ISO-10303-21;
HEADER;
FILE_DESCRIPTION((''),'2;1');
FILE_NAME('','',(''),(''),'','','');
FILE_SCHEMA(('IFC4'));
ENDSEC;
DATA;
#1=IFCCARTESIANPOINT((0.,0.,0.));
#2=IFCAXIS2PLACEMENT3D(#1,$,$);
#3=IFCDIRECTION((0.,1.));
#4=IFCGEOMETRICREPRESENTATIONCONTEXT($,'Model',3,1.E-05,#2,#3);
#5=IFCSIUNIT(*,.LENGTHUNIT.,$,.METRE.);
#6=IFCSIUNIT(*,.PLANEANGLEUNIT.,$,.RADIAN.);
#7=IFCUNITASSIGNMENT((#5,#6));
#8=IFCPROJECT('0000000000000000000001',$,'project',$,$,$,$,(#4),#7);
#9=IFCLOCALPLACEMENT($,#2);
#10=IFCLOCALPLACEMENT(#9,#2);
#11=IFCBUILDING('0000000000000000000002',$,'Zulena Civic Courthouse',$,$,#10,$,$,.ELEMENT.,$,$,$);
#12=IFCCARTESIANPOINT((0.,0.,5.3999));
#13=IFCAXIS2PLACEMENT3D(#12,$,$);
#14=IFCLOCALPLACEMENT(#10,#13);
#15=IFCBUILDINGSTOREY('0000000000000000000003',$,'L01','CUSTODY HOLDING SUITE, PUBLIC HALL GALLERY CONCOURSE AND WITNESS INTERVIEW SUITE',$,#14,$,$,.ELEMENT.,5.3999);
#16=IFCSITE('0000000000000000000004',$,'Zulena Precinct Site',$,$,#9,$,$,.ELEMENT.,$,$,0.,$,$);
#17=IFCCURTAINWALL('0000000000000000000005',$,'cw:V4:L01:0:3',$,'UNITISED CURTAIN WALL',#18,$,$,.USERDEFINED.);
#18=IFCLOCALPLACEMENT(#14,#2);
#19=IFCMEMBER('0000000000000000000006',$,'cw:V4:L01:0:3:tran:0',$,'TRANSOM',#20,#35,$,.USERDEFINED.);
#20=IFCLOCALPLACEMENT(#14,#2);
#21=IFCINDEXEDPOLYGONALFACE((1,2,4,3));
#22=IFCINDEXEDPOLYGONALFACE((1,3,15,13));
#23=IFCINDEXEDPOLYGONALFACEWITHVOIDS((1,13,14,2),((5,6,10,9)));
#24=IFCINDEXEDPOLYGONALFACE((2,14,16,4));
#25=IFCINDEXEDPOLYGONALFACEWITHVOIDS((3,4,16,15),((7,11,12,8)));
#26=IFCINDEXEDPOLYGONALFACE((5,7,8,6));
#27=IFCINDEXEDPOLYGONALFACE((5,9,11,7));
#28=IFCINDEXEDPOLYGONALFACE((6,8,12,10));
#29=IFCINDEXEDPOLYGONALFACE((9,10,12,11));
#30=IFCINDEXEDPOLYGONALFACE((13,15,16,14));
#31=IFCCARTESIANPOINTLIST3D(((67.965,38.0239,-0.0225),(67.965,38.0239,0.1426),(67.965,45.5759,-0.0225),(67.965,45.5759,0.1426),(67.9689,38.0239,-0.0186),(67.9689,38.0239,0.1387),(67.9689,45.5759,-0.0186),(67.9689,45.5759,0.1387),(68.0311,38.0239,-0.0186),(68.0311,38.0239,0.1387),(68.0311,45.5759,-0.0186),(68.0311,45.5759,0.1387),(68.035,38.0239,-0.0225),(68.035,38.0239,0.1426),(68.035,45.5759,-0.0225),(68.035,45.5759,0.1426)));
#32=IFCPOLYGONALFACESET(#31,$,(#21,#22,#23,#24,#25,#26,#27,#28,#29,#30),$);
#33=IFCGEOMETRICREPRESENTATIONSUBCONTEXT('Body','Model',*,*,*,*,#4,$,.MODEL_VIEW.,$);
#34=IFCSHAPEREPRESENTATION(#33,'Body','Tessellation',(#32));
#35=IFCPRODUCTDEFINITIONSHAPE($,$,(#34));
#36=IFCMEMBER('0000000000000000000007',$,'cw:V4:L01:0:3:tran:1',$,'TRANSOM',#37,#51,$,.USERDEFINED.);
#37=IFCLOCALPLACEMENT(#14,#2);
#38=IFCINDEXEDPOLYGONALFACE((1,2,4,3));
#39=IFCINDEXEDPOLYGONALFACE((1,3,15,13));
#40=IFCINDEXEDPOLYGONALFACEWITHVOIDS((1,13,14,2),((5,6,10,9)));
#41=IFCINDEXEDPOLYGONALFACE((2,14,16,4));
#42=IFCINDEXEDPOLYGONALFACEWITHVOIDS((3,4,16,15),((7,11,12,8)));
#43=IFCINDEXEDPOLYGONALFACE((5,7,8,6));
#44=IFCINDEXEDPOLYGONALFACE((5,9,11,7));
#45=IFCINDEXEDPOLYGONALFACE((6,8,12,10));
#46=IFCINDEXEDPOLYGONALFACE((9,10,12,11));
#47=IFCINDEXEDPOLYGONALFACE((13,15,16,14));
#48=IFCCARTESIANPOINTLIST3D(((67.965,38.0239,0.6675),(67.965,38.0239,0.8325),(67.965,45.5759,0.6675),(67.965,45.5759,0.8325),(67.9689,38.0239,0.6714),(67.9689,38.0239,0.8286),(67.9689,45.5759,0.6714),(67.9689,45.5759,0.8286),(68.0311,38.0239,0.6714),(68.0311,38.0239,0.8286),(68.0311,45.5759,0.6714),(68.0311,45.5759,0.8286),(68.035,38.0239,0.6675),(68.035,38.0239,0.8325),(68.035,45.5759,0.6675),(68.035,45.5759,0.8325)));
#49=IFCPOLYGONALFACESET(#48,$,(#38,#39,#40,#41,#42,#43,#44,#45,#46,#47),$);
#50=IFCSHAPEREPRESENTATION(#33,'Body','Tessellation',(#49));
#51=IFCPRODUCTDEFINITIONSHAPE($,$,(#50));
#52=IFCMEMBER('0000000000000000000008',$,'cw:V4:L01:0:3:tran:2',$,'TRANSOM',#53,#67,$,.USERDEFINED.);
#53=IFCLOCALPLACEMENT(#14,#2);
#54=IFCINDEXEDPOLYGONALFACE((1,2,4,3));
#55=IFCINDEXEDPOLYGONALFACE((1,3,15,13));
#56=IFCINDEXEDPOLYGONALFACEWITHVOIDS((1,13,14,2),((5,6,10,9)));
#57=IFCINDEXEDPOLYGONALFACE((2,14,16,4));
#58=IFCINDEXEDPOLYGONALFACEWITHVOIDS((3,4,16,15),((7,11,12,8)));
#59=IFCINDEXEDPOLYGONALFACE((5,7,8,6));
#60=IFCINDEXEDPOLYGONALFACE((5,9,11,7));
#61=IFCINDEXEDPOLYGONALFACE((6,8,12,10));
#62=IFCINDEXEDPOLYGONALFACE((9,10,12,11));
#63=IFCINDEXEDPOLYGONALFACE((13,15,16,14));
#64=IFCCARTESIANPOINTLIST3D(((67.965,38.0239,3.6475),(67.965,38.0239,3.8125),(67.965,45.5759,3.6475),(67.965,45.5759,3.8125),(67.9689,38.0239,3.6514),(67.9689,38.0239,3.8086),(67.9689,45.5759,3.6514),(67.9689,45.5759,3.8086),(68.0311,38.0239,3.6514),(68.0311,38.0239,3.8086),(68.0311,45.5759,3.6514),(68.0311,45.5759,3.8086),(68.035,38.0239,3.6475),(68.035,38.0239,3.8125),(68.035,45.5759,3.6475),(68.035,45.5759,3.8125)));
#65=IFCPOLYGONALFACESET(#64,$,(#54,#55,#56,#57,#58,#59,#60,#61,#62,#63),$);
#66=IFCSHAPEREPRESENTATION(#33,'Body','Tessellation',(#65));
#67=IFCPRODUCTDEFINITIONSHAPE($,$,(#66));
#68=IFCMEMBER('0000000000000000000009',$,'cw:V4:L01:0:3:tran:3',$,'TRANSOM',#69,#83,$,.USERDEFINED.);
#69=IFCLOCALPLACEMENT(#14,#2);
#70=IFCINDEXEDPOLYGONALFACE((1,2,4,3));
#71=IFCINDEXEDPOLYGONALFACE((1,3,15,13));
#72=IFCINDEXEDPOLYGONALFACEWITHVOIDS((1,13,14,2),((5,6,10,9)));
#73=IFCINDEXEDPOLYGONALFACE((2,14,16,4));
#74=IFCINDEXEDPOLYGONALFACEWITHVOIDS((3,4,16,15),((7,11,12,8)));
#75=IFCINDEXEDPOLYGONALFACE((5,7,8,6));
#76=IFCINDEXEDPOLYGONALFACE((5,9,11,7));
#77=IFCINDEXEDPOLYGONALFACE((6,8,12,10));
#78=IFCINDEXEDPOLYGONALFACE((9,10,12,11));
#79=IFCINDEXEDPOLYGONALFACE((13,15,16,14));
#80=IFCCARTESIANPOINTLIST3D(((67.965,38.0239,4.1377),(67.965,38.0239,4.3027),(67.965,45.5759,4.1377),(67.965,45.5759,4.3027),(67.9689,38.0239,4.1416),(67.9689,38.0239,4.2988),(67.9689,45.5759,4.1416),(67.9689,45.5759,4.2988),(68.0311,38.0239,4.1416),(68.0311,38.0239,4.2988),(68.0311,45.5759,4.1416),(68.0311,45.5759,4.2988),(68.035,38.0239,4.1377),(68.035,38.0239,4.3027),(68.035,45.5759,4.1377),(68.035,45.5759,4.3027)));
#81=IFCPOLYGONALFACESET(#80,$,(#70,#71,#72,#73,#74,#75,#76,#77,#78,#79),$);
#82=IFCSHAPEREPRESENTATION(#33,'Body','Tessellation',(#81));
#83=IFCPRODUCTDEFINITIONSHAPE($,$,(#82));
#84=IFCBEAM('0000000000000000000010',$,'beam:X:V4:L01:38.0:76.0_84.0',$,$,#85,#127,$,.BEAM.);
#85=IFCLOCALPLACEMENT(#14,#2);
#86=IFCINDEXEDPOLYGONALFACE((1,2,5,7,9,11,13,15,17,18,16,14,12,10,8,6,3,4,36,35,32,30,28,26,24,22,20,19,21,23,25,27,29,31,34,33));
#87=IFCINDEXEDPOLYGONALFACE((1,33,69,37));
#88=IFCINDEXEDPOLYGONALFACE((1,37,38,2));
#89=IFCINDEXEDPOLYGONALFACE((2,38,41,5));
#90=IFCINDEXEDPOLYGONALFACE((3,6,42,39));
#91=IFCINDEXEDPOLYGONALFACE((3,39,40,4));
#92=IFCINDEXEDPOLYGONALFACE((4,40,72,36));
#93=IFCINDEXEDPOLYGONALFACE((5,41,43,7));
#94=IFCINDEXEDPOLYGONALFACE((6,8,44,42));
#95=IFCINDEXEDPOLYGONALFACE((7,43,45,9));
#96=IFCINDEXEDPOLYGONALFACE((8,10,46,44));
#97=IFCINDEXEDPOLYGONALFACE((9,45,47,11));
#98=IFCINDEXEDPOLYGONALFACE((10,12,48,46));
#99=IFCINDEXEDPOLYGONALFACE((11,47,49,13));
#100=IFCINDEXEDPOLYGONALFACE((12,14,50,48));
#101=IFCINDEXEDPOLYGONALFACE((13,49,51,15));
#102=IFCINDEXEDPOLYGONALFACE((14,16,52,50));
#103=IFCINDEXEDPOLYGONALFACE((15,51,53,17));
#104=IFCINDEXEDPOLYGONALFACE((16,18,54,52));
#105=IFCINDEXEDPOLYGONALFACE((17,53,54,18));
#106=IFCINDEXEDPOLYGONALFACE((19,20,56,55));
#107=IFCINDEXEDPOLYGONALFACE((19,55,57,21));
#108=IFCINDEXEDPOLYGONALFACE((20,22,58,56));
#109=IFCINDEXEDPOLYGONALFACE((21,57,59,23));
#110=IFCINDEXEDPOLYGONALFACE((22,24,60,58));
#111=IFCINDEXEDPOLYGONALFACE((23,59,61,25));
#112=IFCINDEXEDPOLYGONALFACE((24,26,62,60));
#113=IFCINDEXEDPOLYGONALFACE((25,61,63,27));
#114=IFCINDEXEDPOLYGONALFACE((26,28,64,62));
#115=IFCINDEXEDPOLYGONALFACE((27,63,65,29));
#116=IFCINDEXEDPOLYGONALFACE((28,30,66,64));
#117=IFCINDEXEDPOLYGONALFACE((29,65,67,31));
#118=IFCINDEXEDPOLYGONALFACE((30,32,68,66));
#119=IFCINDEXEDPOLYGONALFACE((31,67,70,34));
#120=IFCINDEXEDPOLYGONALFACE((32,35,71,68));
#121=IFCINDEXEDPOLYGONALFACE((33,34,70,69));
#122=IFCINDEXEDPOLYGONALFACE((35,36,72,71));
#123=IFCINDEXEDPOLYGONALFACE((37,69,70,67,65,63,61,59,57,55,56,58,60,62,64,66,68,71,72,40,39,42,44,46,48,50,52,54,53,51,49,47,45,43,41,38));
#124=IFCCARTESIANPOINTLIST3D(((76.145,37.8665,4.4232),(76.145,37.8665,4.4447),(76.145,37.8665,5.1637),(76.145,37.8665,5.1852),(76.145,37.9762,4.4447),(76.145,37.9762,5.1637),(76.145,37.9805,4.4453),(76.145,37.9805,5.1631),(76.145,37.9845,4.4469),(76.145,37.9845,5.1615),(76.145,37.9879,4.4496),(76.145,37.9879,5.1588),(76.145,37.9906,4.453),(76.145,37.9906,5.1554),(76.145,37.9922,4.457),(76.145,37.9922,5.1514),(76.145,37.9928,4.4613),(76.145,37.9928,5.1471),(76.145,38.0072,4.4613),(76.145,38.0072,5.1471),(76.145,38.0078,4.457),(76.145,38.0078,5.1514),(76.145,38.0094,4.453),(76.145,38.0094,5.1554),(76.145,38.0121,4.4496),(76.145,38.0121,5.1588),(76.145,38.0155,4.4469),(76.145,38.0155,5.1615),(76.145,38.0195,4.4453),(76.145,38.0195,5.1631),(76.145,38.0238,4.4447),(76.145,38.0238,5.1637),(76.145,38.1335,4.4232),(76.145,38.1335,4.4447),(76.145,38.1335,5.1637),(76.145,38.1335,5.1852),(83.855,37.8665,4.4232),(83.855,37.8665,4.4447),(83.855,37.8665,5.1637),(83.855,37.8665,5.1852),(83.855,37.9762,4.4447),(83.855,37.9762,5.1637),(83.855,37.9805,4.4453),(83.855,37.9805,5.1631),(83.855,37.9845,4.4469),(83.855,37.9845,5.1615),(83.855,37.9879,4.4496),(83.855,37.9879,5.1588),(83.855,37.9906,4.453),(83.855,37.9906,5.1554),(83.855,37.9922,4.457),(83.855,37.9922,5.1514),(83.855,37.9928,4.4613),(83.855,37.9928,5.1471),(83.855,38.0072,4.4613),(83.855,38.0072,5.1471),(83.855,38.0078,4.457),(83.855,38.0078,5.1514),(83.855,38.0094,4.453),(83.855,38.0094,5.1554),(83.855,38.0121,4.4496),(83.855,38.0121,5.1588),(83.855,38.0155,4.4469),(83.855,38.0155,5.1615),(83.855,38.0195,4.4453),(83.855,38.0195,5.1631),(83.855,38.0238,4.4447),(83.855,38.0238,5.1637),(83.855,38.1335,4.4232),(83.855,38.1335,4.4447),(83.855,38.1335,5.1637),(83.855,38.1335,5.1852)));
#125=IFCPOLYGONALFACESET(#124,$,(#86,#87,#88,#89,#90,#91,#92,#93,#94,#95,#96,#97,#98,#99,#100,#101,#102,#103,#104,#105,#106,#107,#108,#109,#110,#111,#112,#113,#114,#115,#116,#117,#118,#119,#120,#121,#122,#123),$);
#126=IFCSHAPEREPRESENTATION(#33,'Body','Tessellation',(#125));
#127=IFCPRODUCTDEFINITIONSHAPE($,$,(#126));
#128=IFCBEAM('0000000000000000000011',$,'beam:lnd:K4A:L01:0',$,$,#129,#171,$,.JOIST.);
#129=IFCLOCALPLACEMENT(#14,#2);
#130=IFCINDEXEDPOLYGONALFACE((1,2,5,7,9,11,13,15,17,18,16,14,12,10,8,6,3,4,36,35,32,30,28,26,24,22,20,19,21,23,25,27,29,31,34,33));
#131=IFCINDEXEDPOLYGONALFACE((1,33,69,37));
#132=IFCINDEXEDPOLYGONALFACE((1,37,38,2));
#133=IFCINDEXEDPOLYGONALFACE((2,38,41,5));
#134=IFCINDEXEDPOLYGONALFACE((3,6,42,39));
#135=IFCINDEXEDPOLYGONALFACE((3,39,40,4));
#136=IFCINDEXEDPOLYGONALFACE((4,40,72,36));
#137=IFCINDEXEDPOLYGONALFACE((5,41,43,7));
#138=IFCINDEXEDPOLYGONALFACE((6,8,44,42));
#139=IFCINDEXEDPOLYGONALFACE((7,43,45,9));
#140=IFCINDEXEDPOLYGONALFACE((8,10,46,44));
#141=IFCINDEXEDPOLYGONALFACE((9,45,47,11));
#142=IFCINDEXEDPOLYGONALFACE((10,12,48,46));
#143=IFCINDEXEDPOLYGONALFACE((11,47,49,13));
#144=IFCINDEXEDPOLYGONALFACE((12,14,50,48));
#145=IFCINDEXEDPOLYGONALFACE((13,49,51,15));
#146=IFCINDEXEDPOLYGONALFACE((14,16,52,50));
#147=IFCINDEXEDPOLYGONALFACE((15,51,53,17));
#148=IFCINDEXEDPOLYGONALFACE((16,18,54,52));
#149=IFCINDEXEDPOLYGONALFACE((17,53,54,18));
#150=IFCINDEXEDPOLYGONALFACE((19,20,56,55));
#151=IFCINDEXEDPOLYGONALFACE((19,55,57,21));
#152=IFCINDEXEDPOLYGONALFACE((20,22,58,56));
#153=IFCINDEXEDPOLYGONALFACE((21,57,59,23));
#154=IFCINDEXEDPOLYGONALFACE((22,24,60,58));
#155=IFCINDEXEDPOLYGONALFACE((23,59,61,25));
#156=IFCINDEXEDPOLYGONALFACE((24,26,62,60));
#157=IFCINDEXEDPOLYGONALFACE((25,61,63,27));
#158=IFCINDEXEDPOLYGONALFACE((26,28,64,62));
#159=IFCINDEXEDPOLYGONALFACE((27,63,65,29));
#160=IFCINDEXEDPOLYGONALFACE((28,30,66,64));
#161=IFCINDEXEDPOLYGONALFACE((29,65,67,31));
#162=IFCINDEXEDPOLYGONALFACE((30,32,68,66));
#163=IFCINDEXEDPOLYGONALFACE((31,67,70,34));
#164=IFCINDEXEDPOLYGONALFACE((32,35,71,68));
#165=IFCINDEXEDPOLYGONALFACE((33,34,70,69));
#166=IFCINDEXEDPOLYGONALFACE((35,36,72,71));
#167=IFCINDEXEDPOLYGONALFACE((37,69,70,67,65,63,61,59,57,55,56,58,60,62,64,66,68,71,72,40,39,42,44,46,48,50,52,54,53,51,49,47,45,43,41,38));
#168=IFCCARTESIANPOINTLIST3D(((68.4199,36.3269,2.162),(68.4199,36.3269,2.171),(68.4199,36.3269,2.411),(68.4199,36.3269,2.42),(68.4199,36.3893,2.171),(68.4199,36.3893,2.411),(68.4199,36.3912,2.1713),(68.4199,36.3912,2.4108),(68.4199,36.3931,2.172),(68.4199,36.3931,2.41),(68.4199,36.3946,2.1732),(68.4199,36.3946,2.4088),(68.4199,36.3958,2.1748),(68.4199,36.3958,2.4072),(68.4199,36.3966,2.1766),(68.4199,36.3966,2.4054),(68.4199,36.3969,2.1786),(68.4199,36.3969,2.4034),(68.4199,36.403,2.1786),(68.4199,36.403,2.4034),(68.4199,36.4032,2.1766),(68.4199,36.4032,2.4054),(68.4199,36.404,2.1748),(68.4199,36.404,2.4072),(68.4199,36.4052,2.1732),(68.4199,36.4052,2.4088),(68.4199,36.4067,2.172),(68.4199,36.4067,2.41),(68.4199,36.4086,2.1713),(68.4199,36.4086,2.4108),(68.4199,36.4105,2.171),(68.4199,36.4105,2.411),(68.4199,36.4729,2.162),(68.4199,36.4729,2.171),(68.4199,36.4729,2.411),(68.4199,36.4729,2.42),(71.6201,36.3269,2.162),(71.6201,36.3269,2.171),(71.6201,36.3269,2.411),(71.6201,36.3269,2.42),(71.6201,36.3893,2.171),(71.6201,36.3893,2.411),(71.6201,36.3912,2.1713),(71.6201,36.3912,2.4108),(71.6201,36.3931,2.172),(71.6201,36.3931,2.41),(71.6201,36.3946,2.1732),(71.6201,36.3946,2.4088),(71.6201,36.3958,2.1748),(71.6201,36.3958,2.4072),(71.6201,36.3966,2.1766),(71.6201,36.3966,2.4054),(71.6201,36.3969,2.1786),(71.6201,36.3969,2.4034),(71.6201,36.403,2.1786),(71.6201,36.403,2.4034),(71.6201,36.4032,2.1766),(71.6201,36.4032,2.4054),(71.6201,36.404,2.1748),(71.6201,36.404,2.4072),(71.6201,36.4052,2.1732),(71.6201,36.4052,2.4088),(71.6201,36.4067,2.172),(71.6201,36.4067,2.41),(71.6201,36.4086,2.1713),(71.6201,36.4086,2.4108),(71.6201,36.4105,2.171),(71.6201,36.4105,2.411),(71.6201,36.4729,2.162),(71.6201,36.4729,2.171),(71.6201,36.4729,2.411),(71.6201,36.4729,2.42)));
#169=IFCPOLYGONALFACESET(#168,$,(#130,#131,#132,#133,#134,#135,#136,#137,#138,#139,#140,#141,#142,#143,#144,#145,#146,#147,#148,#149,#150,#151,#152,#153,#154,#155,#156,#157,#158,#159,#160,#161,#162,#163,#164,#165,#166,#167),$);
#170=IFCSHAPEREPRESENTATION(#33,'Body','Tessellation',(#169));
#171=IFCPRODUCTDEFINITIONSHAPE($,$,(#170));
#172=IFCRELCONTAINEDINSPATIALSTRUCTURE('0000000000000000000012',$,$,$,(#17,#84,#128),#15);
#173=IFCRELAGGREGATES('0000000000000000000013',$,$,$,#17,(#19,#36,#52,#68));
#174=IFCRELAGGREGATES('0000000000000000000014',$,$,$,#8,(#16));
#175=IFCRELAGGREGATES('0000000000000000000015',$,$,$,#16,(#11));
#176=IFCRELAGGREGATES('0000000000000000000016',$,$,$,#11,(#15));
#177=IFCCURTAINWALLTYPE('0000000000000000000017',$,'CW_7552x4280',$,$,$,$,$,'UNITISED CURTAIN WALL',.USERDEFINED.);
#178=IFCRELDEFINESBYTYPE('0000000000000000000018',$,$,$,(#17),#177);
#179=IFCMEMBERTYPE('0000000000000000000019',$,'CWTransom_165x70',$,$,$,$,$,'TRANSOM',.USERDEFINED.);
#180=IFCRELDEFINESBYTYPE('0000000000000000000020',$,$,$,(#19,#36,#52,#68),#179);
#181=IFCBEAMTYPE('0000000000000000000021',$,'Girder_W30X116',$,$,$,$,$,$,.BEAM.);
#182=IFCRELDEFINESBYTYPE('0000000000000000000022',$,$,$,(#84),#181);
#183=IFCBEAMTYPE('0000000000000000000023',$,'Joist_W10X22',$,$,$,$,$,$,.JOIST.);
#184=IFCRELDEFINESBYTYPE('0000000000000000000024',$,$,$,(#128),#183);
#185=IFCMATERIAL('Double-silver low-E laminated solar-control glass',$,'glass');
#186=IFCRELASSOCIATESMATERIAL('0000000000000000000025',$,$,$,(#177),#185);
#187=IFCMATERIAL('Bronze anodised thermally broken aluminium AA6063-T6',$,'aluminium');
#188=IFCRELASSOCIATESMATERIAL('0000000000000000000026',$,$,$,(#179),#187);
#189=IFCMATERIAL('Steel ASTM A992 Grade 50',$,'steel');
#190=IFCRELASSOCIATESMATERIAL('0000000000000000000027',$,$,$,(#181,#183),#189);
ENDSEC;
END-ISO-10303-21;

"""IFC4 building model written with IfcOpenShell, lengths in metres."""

from ifc_helpers import new_model, si_unit, direction, frame, origin, origin_2d, place, context, subcontext, project, spatial, hollow_rectangle, i_section, extrude, material, material_profile, profile_set, type_object, element, aggregate, save


model = new_model("IFC4")

# Units and contexts
model_context = context("Model", 3, precision=1e-05, world=origin(), true_north=direction((0.0, 1.0)))
body_context = subcontext(model_context, "Body", "Model", "MODEL_VIEW")
ifc_project = project(units=[si_unit("LENGTHUNIT", "METRE"), si_unit("PLANEANGLEUNIT", "RADIAN")], contexts=[model_context])

# Site, building, storey
site_placement = place(None, origin())
site = spatial("IfcSite", under=ifc_project, at=site_placement, Name="Zulena Precinct Site", CompositionType="ELEMENT", RefElevation=0.0)
building_placement = place(site_placement, origin())
building = spatial("IfcBuilding", under=site, at=building_placement, Name="Zulena Civic Courthouse", CompositionType="ELEMENT")
storey_placement = place(building_placement, frame((0.0, 0.0, 5.3999)))
storey = spatial("IfcBuildingStorey", under=building, at=storey_placement, Name="L01", Description="CUSTODY HOLDING SUITE, PUBLIC HALL GALLERY CONCOURSE AND WITNESS INTERVIEW SUITE", CompositionType="ELEMENT", Elevation=5.3999)

# Shared definitions
ifc_material_1 = material(Name="Steel ASTM A992 Grade 50", Category="steel")

# Curtain wall, members
ifc_material_2 = material(Name="Double-silver low-E laminated solar-control glass", Category="glass")
curtain_wall_type = type_object("IfcCurtainWallType", Name="CW_7552x4280", ElementType="UNITISED CURTAIN WALL", PredefinedType="USERDEFINED", material=ifc_material_2)
curtain_wall_placement = place(storey_placement, origin())
curtain_wall = element("IfcCurtainWall", 1, at=curtain_wall_placement, inside=storey, type_object=curtain_wall_type, Name="cw:V4:L01:0:3", ObjectType="UNITISED CURTAIN WALL", PredefinedType="USERDEFINED")
ifc_material_3 = material(Name="Bronze anodised thermally broken aluminium AA6063-T6", Category="aluminium")
ifc_material_profile_1 = material_profile(ifc_material_3, hollow_rectangle(XDim=0.0701, YDim=0.165, WallThickness=0.0039, at=origin_2d()), Name="CWT165X70X4")
ifc_profile_set_1 = profile_set([ifc_material_profile_1], Name="Bronze anodised thermally broken aluminium AA6063-T6")
member_type_1 = type_object("IfcMemberType", Name="CWTransom_165x70", ElementType="TRANSOM", PredefinedType="USERDEFINED", material=ifc_profile_set_1)
member_1_placement = place(storey_placement, frame((68.0, 38.0239, 0.0601), z_axis=(0.0, 1.0, 0.0), x_axis=(-1.0, 0.0, 0.0)))
member_1 = element("IfcMember", 2, at=member_1_placement, type_object=member_type_1, Name="cw:V4:L01:0:3:tran:0", ObjectType="TRANSOM", PredefinedType="USERDEFINED", context=body_context, shape_type="SweptSolid", body=[
    extrude(hollow_rectangle(XDim=0.0701, YDim=0.165, WallThickness=0.0039, at=origin_2d()), origin(), (0.0, 0.0, 1.0), 7.552),
])
member_2_placement = place(storey_placement, frame((68.0, 38.0239, 0.75), z_axis=(0.0, 1.0, 0.0), x_axis=(-1.0, 0.0, 0.0)))
member_2 = element("IfcMember", 3, at=member_2_placement, type_object=member_type_1, Name="cw:V4:L01:0:3:tran:1", ObjectType="TRANSOM", PredefinedType="USERDEFINED", context=body_context, shape_type="SweptSolid", body=[
    extrude(hollow_rectangle(XDim=0.0701, YDim=0.165, WallThickness=0.0039, at=origin_2d()), origin(), (0.0, 0.0, 1.0), 7.552),
])
member_3_placement = place(storey_placement, frame((68.0, 38.0239, 3.73), z_axis=(0.0, 1.0, 0.0), x_axis=(-1.0, 0.0, 0.0)))
member_3 = element("IfcMember", 4, at=member_3_placement, type_object=member_type_1, Name="cw:V4:L01:0:3:tran:2", ObjectType="TRANSOM", PredefinedType="USERDEFINED", context=body_context, shape_type="SweptSolid", body=[
    extrude(hollow_rectangle(XDim=0.0701, YDim=0.165, WallThickness=0.0039, at=origin_2d()), origin(), (0.0, 0.0, 1.0), 7.552),
])
member_4_placement = place(storey_placement, frame((68.0, 38.0239, 4.2202), z_axis=(0.0, 1.0, 0.0), x_axis=(-1.0, 0.0, 0.0)))
member_4 = element("IfcMember", 5, at=member_4_placement, type_object=member_type_1, Name="cw:V4:L01:0:3:tran:3", ObjectType="TRANSOM", PredefinedType="USERDEFINED", context=body_context, shape_type="SweptSolid", body=[
    extrude(hollow_rectangle(XDim=0.0701, YDim=0.165, WallThickness=0.0039, at=origin_2d()), origin(), (0.0, 0.0, 1.0), 7.552),
])

# Beams
ifc_material_profile_2 = material_profile(ifc_material_1, i_section(OverallWidth=0.2671, OverallDepth=0.762, WebThickness=0.0144, FlangeThickness=0.0215, FilletRadius=0.0166, at=origin_2d()), Name="W30X116")
ifc_profile_set_2 = profile_set([ifc_material_profile_2], Name="Steel ASTM A992 Grade 50")
beam_type_1 = type_object("IfcBeamType", Name="Girder_W30X116", PredefinedType="BEAM", material=ifc_profile_set_2)
beam_1_placement = place(storey_placement, frame((76.145, 38.0, 4.8042), z_axis=(1.0, 0.0, 0.0), x_axis=(0.0, 1.0, 0.0)))
element("IfcBeam", 6, at=beam_1_placement, inside=storey, type_object=beam_type_1, Name="beam:X:V4:L01:38.0:76.0_84.0", PredefinedType="BEAM", context=body_context, shape_type="SweptSolid", body=[
    extrude(i_section(OverallWidth=0.2671, OverallDepth=0.762, WebThickness=0.0144, FlangeThickness=0.0215, FilletRadius=0.0166, at=origin_2d()), origin(), (0.0, 0.0, 1.0), 7.71),
])
ifc_material_profile_3 = material_profile(ifc_material_1, i_section(OverallWidth=0.146, OverallDepth=0.2581, WebThickness=0.0061, FlangeThickness=0.009, FilletRadius=0.0076, at=origin_2d()), Name="W10X22")
ifc_profile_set_3 = profile_set([ifc_material_profile_3], Name="Steel ASTM A992 Grade 50")
beam_type_2 = type_object("IfcBeamType", Name="Joist_W10X22", PredefinedType="JOIST", material=ifc_profile_set_3)
for number, where, z_axis, x_axis, name in (
    (7, (68.4199, 36.3999, 2.291), (1.0, 0.0, 0.0), (0.0, 1.0, 0.0), "beam:lnd:K4A:L01:0"),
):
    element("IfcBeam", number, at=place(storey_placement, frame(where, z_axis=z_axis, x_axis=x_axis)), inside=storey, type_object=beam_type_2, Name=name, PredefinedType="JOIST", context=body_context, shape_type="SweptSolid", body=[
        extrude(i_section(OverallWidth=0.146, OverallDepth=0.2581, WebThickness=0.0061, FlangeThickness=0.009, FilletRadius=0.0076, at=origin_2d()), origin(), (0.0, 0.0, 1.0), 3.2002),
    ])

aggregate(curtain_wall, [member_1, member_2, member_3, member_4])

save(model, "model.ifc")
